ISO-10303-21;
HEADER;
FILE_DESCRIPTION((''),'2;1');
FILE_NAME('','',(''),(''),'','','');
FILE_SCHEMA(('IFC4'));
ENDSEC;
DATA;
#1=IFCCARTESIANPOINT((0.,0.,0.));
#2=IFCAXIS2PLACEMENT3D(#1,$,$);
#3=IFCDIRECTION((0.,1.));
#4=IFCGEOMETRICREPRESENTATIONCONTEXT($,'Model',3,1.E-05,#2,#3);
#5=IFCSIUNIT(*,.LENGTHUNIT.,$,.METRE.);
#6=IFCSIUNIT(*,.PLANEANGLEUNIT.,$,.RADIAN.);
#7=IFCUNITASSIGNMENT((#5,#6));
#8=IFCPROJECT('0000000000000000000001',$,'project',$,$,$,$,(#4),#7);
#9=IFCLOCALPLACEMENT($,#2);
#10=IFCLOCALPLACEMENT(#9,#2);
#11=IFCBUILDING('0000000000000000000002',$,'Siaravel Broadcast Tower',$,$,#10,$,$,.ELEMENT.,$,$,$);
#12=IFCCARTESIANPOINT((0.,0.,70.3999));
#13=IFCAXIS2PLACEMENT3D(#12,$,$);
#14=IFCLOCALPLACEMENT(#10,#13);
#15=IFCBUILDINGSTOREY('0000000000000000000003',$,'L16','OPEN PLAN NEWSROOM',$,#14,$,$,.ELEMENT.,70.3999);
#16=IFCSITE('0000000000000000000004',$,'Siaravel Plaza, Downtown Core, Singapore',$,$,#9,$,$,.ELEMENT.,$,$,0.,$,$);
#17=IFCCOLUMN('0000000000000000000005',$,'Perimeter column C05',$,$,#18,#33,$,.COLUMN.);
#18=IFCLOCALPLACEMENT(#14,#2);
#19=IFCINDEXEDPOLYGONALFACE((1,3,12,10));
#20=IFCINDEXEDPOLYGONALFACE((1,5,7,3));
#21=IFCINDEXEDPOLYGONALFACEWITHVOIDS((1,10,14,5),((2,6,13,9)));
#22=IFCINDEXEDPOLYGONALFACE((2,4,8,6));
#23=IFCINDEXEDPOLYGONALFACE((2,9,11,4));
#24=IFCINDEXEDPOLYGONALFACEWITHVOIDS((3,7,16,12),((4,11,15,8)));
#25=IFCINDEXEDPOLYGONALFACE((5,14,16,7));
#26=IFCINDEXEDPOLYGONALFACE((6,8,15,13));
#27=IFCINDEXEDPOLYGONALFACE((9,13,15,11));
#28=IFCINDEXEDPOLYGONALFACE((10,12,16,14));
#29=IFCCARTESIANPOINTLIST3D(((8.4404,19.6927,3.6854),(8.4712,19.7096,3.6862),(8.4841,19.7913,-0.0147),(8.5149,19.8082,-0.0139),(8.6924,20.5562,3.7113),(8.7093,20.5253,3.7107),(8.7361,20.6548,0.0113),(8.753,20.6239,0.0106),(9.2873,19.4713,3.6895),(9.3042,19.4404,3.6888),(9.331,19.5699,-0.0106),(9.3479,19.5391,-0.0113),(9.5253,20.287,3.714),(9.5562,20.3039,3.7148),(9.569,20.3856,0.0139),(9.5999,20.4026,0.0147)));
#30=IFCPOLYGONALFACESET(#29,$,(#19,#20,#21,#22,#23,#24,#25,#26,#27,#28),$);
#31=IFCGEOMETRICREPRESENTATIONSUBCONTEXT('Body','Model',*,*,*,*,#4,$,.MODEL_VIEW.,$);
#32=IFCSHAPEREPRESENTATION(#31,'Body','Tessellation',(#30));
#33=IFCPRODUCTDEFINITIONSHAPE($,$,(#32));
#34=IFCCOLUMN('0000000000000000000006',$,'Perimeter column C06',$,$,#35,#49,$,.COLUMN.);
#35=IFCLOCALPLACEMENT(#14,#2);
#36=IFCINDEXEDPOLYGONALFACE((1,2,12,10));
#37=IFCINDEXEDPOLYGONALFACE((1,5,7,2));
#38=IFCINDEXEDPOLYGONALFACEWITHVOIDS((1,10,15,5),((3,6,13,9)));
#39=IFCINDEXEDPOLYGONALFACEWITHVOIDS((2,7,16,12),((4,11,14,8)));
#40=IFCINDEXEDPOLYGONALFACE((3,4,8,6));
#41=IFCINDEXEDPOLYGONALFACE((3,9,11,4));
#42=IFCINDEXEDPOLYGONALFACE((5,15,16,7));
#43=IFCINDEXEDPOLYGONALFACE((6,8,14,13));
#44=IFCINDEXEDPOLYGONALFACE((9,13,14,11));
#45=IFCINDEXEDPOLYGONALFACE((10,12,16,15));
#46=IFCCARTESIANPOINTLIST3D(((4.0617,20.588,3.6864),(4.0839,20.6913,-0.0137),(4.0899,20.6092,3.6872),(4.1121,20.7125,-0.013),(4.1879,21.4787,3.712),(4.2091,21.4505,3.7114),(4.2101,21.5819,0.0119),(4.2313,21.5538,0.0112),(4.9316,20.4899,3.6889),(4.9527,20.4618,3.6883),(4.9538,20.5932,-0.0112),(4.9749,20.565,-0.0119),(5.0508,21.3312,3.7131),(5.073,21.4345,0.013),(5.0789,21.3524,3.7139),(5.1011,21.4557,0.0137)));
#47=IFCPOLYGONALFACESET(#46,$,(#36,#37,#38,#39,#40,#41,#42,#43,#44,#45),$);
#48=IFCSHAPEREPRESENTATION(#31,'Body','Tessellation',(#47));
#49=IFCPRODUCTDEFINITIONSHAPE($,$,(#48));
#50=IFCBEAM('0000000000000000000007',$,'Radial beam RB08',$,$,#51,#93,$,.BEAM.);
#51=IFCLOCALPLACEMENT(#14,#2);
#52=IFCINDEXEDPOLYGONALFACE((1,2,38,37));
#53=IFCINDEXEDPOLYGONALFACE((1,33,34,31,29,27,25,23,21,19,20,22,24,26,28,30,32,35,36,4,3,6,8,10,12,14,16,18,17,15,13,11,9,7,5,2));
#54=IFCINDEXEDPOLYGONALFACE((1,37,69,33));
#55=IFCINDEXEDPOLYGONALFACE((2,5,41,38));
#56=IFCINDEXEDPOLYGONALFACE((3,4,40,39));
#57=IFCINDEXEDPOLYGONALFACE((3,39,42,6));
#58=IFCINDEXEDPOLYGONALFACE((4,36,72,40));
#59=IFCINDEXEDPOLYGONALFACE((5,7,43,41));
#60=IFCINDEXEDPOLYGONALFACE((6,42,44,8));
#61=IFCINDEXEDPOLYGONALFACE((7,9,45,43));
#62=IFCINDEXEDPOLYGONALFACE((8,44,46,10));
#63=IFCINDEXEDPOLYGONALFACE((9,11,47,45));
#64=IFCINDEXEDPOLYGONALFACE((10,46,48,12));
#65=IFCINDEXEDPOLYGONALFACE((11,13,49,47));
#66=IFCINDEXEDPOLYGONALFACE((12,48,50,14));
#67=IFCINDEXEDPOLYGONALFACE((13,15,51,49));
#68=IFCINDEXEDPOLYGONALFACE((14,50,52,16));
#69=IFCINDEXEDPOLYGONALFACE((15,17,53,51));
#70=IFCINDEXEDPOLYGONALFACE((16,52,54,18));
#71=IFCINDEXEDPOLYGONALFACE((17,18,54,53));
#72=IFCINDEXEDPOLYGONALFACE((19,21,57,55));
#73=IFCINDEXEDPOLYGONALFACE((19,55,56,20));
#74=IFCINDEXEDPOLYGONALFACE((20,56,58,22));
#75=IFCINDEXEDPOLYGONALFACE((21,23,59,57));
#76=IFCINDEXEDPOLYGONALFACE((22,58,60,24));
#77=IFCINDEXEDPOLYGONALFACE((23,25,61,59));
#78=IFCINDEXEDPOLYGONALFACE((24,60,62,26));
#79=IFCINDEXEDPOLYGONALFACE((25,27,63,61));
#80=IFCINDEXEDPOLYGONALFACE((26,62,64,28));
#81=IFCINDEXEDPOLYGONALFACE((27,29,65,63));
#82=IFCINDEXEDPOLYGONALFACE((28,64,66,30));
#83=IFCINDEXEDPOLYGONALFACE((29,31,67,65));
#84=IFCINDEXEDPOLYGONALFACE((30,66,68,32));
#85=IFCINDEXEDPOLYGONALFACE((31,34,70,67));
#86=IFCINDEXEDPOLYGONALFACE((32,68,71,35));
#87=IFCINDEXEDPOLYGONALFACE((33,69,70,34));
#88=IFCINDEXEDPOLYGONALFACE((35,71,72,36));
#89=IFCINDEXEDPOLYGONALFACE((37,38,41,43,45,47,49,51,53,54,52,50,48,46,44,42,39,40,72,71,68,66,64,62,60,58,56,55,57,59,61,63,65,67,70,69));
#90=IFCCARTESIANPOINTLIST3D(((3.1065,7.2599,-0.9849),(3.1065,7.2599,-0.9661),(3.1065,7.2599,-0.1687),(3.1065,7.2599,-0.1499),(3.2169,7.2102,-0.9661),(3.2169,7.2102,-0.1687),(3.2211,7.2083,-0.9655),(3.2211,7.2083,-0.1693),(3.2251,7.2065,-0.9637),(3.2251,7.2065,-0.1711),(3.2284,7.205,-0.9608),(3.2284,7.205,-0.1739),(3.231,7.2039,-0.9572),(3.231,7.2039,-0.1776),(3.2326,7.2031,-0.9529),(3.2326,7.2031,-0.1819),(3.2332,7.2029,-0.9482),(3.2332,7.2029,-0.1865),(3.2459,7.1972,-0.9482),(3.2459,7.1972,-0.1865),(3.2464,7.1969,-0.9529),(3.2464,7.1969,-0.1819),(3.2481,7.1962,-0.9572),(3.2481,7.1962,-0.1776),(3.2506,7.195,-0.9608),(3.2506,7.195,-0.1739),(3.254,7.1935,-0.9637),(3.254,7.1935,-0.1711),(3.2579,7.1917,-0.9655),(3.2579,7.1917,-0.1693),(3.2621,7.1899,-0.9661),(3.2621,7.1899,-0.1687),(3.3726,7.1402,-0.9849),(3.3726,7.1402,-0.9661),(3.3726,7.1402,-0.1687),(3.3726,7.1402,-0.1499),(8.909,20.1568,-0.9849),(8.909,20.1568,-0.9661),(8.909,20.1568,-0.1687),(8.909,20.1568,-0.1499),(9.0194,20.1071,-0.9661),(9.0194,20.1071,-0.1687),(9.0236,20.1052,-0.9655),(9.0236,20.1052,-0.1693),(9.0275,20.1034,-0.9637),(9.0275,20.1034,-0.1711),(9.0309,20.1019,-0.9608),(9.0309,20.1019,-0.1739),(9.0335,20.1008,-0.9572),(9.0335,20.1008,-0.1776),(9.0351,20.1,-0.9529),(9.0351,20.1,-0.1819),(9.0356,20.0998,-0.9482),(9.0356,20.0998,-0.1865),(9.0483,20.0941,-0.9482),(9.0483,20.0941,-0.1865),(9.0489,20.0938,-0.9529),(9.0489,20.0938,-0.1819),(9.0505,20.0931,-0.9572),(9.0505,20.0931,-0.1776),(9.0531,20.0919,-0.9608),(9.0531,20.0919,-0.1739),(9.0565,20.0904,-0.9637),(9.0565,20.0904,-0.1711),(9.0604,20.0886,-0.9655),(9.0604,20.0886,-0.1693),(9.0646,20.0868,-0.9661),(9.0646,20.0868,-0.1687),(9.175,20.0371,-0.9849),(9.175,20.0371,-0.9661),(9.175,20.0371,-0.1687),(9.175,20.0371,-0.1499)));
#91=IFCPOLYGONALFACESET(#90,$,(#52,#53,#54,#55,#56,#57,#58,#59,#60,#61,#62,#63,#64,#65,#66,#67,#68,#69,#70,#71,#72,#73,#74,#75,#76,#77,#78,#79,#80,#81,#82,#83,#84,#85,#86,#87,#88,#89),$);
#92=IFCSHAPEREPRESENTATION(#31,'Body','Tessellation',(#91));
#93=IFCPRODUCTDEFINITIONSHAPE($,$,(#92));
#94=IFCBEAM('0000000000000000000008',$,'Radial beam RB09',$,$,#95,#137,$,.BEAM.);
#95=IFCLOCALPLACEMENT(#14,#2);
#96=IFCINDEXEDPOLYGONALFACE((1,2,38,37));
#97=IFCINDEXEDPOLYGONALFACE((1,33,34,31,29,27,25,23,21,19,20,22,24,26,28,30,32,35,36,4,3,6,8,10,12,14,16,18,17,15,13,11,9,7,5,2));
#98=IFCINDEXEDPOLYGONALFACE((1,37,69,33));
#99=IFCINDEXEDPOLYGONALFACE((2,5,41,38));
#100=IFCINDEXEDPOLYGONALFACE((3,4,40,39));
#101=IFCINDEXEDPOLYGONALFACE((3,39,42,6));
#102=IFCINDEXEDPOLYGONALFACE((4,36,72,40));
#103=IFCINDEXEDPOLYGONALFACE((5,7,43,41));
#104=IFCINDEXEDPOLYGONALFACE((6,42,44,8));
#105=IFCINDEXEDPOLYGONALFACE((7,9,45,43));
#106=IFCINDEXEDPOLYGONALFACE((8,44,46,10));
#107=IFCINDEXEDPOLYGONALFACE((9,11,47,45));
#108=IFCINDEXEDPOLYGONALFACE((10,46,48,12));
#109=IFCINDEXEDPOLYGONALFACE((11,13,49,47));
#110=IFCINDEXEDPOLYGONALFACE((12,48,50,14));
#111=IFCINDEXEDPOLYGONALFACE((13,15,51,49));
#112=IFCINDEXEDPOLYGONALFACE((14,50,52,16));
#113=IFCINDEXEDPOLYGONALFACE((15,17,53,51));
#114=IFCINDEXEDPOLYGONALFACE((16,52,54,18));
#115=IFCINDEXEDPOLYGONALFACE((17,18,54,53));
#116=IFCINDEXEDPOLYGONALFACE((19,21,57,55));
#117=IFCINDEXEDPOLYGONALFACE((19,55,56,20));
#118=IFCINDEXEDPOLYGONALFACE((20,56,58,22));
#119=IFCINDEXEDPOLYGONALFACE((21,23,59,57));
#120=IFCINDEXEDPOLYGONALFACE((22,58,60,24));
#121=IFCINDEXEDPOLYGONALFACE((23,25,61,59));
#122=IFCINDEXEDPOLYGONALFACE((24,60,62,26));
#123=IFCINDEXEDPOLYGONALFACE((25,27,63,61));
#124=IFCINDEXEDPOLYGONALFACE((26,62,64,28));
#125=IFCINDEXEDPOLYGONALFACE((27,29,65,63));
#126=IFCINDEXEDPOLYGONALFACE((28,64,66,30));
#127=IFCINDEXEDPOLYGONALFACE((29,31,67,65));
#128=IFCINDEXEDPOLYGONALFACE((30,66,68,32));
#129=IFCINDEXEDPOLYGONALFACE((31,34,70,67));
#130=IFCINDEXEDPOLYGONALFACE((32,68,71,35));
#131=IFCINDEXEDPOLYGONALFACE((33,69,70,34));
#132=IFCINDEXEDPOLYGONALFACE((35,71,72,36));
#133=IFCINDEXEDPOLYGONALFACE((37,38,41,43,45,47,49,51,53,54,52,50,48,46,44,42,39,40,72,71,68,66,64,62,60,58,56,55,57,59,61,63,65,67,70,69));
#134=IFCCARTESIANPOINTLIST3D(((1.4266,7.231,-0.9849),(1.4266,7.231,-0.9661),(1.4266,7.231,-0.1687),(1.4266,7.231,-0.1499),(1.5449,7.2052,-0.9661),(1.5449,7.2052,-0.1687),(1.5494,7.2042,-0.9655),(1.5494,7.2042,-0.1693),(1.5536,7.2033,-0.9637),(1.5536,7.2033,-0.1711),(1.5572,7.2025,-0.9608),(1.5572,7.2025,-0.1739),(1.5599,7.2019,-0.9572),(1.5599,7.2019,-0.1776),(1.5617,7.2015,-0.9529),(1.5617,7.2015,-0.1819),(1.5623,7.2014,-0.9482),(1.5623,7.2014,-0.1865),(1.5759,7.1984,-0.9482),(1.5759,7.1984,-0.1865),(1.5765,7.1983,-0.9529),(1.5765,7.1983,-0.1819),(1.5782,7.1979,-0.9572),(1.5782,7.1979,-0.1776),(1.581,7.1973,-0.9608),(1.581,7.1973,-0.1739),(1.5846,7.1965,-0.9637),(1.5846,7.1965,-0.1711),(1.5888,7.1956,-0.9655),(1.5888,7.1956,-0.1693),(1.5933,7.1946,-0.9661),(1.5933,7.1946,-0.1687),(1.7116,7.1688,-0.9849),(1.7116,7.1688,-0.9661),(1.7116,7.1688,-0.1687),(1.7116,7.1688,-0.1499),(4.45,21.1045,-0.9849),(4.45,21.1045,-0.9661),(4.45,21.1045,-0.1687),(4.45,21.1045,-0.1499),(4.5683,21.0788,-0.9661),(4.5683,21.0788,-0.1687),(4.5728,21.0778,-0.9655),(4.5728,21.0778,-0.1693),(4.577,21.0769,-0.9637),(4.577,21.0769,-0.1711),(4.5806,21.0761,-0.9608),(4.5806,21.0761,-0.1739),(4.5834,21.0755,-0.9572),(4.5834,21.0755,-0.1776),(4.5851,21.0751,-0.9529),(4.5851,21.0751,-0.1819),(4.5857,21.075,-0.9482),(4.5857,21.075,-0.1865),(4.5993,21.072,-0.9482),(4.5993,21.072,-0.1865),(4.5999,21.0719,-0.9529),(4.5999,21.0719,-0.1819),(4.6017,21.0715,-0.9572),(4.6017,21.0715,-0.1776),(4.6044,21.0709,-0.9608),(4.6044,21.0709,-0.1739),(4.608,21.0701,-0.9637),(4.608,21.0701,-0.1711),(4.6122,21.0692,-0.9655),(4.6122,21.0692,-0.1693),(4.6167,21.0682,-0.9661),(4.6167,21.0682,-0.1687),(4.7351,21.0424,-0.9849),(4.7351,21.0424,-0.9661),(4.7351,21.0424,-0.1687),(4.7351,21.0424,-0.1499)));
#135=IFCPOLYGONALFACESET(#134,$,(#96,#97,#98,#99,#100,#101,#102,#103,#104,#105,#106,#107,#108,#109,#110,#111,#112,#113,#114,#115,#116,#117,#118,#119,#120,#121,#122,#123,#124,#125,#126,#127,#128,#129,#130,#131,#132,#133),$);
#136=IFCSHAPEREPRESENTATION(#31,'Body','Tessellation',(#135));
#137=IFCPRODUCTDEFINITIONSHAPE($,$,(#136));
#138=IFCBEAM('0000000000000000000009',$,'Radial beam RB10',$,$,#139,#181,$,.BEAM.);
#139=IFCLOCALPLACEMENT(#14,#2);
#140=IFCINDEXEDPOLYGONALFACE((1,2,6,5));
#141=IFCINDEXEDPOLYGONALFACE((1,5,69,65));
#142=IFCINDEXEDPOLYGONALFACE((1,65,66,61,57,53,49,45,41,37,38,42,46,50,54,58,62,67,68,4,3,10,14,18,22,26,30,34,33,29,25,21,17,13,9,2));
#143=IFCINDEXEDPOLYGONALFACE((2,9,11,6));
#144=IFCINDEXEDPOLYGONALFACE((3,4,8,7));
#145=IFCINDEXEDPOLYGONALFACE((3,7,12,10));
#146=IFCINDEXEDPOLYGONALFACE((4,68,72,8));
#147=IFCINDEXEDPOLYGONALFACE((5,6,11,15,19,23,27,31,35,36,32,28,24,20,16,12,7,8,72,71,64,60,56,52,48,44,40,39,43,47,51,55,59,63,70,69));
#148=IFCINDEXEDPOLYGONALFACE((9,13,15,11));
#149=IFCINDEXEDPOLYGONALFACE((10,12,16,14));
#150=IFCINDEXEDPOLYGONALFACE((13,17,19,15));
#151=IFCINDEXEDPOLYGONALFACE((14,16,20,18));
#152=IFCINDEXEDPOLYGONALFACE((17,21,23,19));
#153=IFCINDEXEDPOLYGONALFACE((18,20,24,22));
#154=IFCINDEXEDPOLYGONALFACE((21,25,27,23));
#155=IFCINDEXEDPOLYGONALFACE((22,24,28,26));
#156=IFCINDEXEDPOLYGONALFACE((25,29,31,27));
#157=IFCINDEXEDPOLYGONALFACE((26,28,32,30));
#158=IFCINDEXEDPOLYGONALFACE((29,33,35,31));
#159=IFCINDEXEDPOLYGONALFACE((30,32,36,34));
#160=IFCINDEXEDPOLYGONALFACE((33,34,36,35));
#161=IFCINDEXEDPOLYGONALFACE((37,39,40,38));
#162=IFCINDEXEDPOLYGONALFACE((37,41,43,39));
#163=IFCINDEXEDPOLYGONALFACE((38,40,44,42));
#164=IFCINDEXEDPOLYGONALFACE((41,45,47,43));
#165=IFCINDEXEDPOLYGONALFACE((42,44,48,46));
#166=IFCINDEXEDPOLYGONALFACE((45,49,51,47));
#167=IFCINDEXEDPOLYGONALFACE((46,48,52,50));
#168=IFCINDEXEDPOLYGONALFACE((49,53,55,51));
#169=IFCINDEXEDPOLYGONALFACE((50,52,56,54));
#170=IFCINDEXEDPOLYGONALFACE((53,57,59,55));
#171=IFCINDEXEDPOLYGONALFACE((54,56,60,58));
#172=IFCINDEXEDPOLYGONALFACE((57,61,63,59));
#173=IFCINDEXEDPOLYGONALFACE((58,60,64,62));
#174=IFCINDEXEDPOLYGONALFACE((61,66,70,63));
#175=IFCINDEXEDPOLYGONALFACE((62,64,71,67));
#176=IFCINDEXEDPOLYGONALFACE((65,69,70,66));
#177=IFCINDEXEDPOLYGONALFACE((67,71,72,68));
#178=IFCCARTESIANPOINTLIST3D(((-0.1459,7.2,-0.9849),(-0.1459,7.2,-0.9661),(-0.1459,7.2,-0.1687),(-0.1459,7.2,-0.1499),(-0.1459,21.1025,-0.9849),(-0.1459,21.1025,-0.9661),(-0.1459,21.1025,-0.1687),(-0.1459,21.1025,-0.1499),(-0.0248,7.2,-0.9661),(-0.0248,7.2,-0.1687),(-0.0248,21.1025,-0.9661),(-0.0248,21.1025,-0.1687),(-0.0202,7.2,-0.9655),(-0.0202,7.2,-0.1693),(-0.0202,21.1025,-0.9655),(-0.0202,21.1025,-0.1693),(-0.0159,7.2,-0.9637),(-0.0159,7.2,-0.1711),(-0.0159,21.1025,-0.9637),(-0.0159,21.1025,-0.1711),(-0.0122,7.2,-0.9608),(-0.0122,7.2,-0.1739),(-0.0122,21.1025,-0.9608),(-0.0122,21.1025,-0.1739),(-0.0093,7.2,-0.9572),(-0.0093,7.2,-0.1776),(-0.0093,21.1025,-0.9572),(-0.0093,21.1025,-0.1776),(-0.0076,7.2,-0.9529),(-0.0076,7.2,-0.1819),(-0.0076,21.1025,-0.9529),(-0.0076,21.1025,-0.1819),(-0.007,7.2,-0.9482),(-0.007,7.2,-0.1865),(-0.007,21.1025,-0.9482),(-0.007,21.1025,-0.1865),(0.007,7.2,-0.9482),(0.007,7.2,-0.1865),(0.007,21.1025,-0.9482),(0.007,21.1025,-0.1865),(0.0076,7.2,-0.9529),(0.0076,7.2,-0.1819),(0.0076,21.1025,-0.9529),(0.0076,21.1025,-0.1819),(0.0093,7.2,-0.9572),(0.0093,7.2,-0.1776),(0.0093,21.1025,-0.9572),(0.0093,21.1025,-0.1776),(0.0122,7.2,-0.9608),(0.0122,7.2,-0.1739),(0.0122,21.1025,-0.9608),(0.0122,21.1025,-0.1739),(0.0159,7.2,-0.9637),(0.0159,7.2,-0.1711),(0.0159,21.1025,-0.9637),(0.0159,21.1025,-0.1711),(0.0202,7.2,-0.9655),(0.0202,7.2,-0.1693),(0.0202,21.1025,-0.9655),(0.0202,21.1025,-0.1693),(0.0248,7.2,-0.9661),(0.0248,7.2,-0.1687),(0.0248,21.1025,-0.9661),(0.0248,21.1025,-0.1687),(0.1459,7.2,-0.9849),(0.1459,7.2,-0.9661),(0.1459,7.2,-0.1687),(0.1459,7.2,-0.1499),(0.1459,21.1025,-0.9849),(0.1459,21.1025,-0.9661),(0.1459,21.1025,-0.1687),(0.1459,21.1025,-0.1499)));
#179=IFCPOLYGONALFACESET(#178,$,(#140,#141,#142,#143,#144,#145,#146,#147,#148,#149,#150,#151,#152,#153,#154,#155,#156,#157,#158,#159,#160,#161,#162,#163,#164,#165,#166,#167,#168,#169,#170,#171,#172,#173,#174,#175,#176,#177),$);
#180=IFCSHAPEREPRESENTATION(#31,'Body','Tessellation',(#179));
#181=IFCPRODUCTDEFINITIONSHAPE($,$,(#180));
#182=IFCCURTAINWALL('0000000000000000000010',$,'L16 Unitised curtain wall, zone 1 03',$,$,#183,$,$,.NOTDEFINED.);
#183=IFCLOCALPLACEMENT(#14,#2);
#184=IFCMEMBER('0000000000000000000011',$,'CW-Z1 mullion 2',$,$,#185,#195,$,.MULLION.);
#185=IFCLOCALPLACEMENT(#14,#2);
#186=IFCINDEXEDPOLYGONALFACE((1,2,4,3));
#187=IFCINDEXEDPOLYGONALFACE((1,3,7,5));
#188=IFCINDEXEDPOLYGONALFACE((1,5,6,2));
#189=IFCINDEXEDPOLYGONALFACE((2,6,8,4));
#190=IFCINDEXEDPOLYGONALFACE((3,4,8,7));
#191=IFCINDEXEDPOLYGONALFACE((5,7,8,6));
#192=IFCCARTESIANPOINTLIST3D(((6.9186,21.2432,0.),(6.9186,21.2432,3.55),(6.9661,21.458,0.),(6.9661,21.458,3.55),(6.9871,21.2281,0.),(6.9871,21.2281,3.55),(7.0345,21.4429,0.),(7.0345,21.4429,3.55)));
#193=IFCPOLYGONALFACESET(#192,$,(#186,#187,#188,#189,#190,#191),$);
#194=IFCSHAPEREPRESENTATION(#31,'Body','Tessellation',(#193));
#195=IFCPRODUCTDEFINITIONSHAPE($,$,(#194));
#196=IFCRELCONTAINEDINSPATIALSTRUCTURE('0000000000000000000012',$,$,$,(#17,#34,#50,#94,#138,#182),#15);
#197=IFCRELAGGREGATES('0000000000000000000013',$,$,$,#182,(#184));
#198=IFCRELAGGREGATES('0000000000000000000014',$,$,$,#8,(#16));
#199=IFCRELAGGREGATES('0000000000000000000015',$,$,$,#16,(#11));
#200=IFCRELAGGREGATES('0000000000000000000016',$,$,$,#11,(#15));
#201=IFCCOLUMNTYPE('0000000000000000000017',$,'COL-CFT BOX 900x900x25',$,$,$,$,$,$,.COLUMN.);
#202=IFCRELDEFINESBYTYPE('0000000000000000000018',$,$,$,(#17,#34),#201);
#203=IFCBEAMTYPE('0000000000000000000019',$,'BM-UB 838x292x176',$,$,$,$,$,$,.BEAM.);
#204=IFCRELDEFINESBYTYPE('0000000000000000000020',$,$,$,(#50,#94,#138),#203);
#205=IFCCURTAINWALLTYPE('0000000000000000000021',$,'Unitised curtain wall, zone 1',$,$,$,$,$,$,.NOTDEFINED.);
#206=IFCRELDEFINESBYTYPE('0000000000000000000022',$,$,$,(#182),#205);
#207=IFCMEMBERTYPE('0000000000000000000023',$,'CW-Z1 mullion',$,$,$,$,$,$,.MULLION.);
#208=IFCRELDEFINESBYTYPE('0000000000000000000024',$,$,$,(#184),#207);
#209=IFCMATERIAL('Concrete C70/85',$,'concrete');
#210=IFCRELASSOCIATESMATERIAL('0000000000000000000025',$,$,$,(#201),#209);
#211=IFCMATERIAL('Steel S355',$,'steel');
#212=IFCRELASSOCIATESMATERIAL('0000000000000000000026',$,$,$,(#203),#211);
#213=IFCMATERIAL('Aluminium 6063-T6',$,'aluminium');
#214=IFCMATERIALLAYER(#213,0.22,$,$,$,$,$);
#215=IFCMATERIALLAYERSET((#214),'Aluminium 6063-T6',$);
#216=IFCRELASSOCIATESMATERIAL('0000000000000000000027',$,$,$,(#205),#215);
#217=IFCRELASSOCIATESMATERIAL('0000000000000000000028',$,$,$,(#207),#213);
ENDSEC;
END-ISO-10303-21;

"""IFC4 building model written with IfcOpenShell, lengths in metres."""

from ifc_helpers import new_model, si_unit, direction, frame, origin, origin_2d, place, context, subcontext, project, spatial, rectangle, hollow_rectangle, i_section, extrude, material, layer, layer_set, material_profile, profile_set, type_object, element, aggregate, save


model = new_model("IFC4")

# Units and contexts
model_context = context("Model", 3, precision=1e-05, world=origin(), true_north=direction((0.0, 1.0)))
body_context = subcontext(model_context, "Body", "Model", "MODEL_VIEW")
ifc_project = project(units=[si_unit("LENGTHUNIT", "METRE"), si_unit("PLANEANGLEUNIT", "RADIAN")], contexts=[model_context])

# Site, building, storey
site_placement = place(None, origin())
site = spatial("IfcSite", under=ifc_project, at=site_placement, Name="Siaravel Plaza, Downtown Core, Singapore", CompositionType="ELEMENT", RefElevation=0.0)
building_placement = place(site_placement, origin())
building = spatial("IfcBuilding", under=site, at=building_placement, Name="Siaravel Broadcast Tower", CompositionType="ELEMENT")
storey_placement = place(building_placement, frame((0.0, 0.0, 70.3999)))
storey = spatial("IfcBuildingStorey", under=building, at=storey_placement, Name="L16", Description="OPEN PLAN NEWSROOM", CompositionType="ELEMENT", Elevation=70.3999)

# Columns
ifc_material_1 = material(Name="Concrete C70/85", Category="concrete")
ifc_material_profile_1 = material_profile(ifc_material_1, hollow_rectangle(XDim=0.8999, YDim=0.8999, WallThickness=0.0249, at=origin_2d()))
ifc_profile_set_1 = profile_set([ifc_material_profile_1], Name="Concrete C70/85")
column_type = type_object("IfcColumnType", Name="COL-CFT BOX 900x900x25", PredefinedType="COLUMN", material=ifc_profile_set_1)
for number, where, z_axis, x_axis, name in (
    (1, (9.042, 20.0969, 0.0), (-0.011805, -0.026645, 0.999575), (0.959911, -0.280277, 0.003866), "Perimeter column C05"),
    (2, (4.5925, 21.0735, 0.0), (-0.006002, -0.027898, 0.999593), (0.990103, -0.140325, 0.002028), "Perimeter column C06"),
):
    element("IfcColumn", number, at=place(storey_placement, frame(where, z_axis=z_axis, x_axis=x_axis)), inside=storey, type_object=column_type, Name=name, PredefinedType="COLUMN", context=body_context, shape_type="SweptSolid", body=[
        extrude(hollow_rectangle(XDim=0.8999, YDim=0.8999, WallThickness=0.0249, at=origin_2d()), origin(), (0.0, 0.0, 1.0), 3.7017),
    ])

# Beams
ifc_material_2 = material(Name="Steel S355", Category="steel")
ifc_material_profile_2 = material_profile(ifc_material_2, i_section(OverallWidth=0.2917, OverallDepth=0.835, WebThickness=0.0139, FlangeThickness=0.0188, FilletRadius=0.0178, at=origin_2d()))
ifc_profile_set_2 = profile_set([ifc_material_profile_2], Name="Steel S355")
beam_type = type_object("IfcBeamType", Name="BM-UB 838x292x176", PredefinedType="BEAM", material=ifc_profile_set_2)
beam_1_placement = place(storey_placement, frame((9.042, 20.0969, -0.5674), z_axis=(-0.410297, -0.911952, 0.0), x_axis=(0.911952, -0.410297, 0.0)))
element("IfcBeam", 3, at=beam_1_placement, inside=storey, type_object=beam_type, Name="Radial beam RB08", PredefinedType="BEAM", context=body_context, shape_type="SweptSolid", body=[
    extrude(i_section(OverallWidth=0.2917, OverallDepth=0.835, WebThickness=0.0139, FlangeThickness=0.0188, FilletRadius=0.0178, at=origin_2d()), origin(), (0.0, 0.0, 1.0), 14.1421),
])
beam_2_placement = place(storey_placement, frame((4.5925, 21.0735, -0.5674), z_axis=(-0.212931, -0.977067, 0.0), x_axis=(0.977067, -0.212931, 0.0)))
element("IfcBeam", 4, at=beam_2_placement, inside=storey, type_object=beam_type, Name="Radial beam RB09", PredefinedType="BEAM", context=body_context, shape_type="SweptSolid", body=[
    extrude(i_section(OverallWidth=0.2917, OverallDepth=0.835, WebThickness=0.0139, FlangeThickness=0.0188, FilletRadius=0.0178, at=origin_2d()), origin(), (0.0, 0.0, 1.0), 14.1992),
])
beam_3_placement = place(storey_placement, frame((0.0, 21.1025, -0.5674), z_axis=(0.0, -1.0, 0.0), x_axis=(1.0, 0.0, 0.0)))
element("IfcBeam", 5, at=beam_3_placement, inside=storey, type_object=beam_type, Name="Radial beam RB10", PredefinedType="BEAM", context=body_context, shape_type="SweptSolid", body=[
    extrude(i_section(OverallWidth=0.2917, OverallDepth=0.835, WebThickness=0.0139, FlangeThickness=0.0188, FilletRadius=0.0178, at=origin_2d()), origin(), (0.0, 0.0, 1.0), 13.9026),
])

# Curtain wall, member
ifc_material_3 = material(Name="Aluminium 6063-T6", Category="aluminium")
ifc_layer_1 = layer(ifc_material_3, 0.22)
ifc_layer_set_1 = layer_set([ifc_layer_1], Name="Aluminium 6063-T6")
curtain_wall_type = type_object("IfcCurtainWallType", Name="Unitised curtain wall, zone 1", PredefinedType="NOTDEFINED", material=ifc_layer_set_1)
curtain_wall_placement = place(storey_placement, origin())
curtain_wall = element("IfcCurtainWall", 6, at=curtain_wall_placement, inside=storey, type_object=curtain_wall_type, Name="L16 Unitised curtain wall, zone 1 03", PredefinedType="NOTDEFINED")
ifc_material_profile_3 = material_profile(ifc_material_3, rectangle(XDim=0.22, YDim=0.0701, at=origin_2d()))
ifc_profile_set_3 = profile_set([ifc_material_profile_3], Name="Aluminium 6063-T6")
member_type_1 = type_object("IfcMemberType", Name="CW-Z1 mullion", PredefinedType="MULLION", material=ifc_profile_set_3)
member_1_placement = place(storey_placement, frame((6.9766, 21.343, 0.0), z_axis=(0.0, 0.0, 1.0), x_axis=(-0.215558, -0.976491, 0.0)))
member_1 = element("IfcMember", 7, at=member_1_placement, type_object=member_type_1, Name="CW-Z1 mullion 2", PredefinedType="MULLION", context=body_context, shape_type="SweptSolid", body=[
    extrude(rectangle(XDim=0.22, YDim=0.0701, at=origin_2d()), origin(), (0.0, 0.0, 1.0), 3.55),
])

aggregate(curtain_wall, [member_1])

save(model, "model.ifc")
